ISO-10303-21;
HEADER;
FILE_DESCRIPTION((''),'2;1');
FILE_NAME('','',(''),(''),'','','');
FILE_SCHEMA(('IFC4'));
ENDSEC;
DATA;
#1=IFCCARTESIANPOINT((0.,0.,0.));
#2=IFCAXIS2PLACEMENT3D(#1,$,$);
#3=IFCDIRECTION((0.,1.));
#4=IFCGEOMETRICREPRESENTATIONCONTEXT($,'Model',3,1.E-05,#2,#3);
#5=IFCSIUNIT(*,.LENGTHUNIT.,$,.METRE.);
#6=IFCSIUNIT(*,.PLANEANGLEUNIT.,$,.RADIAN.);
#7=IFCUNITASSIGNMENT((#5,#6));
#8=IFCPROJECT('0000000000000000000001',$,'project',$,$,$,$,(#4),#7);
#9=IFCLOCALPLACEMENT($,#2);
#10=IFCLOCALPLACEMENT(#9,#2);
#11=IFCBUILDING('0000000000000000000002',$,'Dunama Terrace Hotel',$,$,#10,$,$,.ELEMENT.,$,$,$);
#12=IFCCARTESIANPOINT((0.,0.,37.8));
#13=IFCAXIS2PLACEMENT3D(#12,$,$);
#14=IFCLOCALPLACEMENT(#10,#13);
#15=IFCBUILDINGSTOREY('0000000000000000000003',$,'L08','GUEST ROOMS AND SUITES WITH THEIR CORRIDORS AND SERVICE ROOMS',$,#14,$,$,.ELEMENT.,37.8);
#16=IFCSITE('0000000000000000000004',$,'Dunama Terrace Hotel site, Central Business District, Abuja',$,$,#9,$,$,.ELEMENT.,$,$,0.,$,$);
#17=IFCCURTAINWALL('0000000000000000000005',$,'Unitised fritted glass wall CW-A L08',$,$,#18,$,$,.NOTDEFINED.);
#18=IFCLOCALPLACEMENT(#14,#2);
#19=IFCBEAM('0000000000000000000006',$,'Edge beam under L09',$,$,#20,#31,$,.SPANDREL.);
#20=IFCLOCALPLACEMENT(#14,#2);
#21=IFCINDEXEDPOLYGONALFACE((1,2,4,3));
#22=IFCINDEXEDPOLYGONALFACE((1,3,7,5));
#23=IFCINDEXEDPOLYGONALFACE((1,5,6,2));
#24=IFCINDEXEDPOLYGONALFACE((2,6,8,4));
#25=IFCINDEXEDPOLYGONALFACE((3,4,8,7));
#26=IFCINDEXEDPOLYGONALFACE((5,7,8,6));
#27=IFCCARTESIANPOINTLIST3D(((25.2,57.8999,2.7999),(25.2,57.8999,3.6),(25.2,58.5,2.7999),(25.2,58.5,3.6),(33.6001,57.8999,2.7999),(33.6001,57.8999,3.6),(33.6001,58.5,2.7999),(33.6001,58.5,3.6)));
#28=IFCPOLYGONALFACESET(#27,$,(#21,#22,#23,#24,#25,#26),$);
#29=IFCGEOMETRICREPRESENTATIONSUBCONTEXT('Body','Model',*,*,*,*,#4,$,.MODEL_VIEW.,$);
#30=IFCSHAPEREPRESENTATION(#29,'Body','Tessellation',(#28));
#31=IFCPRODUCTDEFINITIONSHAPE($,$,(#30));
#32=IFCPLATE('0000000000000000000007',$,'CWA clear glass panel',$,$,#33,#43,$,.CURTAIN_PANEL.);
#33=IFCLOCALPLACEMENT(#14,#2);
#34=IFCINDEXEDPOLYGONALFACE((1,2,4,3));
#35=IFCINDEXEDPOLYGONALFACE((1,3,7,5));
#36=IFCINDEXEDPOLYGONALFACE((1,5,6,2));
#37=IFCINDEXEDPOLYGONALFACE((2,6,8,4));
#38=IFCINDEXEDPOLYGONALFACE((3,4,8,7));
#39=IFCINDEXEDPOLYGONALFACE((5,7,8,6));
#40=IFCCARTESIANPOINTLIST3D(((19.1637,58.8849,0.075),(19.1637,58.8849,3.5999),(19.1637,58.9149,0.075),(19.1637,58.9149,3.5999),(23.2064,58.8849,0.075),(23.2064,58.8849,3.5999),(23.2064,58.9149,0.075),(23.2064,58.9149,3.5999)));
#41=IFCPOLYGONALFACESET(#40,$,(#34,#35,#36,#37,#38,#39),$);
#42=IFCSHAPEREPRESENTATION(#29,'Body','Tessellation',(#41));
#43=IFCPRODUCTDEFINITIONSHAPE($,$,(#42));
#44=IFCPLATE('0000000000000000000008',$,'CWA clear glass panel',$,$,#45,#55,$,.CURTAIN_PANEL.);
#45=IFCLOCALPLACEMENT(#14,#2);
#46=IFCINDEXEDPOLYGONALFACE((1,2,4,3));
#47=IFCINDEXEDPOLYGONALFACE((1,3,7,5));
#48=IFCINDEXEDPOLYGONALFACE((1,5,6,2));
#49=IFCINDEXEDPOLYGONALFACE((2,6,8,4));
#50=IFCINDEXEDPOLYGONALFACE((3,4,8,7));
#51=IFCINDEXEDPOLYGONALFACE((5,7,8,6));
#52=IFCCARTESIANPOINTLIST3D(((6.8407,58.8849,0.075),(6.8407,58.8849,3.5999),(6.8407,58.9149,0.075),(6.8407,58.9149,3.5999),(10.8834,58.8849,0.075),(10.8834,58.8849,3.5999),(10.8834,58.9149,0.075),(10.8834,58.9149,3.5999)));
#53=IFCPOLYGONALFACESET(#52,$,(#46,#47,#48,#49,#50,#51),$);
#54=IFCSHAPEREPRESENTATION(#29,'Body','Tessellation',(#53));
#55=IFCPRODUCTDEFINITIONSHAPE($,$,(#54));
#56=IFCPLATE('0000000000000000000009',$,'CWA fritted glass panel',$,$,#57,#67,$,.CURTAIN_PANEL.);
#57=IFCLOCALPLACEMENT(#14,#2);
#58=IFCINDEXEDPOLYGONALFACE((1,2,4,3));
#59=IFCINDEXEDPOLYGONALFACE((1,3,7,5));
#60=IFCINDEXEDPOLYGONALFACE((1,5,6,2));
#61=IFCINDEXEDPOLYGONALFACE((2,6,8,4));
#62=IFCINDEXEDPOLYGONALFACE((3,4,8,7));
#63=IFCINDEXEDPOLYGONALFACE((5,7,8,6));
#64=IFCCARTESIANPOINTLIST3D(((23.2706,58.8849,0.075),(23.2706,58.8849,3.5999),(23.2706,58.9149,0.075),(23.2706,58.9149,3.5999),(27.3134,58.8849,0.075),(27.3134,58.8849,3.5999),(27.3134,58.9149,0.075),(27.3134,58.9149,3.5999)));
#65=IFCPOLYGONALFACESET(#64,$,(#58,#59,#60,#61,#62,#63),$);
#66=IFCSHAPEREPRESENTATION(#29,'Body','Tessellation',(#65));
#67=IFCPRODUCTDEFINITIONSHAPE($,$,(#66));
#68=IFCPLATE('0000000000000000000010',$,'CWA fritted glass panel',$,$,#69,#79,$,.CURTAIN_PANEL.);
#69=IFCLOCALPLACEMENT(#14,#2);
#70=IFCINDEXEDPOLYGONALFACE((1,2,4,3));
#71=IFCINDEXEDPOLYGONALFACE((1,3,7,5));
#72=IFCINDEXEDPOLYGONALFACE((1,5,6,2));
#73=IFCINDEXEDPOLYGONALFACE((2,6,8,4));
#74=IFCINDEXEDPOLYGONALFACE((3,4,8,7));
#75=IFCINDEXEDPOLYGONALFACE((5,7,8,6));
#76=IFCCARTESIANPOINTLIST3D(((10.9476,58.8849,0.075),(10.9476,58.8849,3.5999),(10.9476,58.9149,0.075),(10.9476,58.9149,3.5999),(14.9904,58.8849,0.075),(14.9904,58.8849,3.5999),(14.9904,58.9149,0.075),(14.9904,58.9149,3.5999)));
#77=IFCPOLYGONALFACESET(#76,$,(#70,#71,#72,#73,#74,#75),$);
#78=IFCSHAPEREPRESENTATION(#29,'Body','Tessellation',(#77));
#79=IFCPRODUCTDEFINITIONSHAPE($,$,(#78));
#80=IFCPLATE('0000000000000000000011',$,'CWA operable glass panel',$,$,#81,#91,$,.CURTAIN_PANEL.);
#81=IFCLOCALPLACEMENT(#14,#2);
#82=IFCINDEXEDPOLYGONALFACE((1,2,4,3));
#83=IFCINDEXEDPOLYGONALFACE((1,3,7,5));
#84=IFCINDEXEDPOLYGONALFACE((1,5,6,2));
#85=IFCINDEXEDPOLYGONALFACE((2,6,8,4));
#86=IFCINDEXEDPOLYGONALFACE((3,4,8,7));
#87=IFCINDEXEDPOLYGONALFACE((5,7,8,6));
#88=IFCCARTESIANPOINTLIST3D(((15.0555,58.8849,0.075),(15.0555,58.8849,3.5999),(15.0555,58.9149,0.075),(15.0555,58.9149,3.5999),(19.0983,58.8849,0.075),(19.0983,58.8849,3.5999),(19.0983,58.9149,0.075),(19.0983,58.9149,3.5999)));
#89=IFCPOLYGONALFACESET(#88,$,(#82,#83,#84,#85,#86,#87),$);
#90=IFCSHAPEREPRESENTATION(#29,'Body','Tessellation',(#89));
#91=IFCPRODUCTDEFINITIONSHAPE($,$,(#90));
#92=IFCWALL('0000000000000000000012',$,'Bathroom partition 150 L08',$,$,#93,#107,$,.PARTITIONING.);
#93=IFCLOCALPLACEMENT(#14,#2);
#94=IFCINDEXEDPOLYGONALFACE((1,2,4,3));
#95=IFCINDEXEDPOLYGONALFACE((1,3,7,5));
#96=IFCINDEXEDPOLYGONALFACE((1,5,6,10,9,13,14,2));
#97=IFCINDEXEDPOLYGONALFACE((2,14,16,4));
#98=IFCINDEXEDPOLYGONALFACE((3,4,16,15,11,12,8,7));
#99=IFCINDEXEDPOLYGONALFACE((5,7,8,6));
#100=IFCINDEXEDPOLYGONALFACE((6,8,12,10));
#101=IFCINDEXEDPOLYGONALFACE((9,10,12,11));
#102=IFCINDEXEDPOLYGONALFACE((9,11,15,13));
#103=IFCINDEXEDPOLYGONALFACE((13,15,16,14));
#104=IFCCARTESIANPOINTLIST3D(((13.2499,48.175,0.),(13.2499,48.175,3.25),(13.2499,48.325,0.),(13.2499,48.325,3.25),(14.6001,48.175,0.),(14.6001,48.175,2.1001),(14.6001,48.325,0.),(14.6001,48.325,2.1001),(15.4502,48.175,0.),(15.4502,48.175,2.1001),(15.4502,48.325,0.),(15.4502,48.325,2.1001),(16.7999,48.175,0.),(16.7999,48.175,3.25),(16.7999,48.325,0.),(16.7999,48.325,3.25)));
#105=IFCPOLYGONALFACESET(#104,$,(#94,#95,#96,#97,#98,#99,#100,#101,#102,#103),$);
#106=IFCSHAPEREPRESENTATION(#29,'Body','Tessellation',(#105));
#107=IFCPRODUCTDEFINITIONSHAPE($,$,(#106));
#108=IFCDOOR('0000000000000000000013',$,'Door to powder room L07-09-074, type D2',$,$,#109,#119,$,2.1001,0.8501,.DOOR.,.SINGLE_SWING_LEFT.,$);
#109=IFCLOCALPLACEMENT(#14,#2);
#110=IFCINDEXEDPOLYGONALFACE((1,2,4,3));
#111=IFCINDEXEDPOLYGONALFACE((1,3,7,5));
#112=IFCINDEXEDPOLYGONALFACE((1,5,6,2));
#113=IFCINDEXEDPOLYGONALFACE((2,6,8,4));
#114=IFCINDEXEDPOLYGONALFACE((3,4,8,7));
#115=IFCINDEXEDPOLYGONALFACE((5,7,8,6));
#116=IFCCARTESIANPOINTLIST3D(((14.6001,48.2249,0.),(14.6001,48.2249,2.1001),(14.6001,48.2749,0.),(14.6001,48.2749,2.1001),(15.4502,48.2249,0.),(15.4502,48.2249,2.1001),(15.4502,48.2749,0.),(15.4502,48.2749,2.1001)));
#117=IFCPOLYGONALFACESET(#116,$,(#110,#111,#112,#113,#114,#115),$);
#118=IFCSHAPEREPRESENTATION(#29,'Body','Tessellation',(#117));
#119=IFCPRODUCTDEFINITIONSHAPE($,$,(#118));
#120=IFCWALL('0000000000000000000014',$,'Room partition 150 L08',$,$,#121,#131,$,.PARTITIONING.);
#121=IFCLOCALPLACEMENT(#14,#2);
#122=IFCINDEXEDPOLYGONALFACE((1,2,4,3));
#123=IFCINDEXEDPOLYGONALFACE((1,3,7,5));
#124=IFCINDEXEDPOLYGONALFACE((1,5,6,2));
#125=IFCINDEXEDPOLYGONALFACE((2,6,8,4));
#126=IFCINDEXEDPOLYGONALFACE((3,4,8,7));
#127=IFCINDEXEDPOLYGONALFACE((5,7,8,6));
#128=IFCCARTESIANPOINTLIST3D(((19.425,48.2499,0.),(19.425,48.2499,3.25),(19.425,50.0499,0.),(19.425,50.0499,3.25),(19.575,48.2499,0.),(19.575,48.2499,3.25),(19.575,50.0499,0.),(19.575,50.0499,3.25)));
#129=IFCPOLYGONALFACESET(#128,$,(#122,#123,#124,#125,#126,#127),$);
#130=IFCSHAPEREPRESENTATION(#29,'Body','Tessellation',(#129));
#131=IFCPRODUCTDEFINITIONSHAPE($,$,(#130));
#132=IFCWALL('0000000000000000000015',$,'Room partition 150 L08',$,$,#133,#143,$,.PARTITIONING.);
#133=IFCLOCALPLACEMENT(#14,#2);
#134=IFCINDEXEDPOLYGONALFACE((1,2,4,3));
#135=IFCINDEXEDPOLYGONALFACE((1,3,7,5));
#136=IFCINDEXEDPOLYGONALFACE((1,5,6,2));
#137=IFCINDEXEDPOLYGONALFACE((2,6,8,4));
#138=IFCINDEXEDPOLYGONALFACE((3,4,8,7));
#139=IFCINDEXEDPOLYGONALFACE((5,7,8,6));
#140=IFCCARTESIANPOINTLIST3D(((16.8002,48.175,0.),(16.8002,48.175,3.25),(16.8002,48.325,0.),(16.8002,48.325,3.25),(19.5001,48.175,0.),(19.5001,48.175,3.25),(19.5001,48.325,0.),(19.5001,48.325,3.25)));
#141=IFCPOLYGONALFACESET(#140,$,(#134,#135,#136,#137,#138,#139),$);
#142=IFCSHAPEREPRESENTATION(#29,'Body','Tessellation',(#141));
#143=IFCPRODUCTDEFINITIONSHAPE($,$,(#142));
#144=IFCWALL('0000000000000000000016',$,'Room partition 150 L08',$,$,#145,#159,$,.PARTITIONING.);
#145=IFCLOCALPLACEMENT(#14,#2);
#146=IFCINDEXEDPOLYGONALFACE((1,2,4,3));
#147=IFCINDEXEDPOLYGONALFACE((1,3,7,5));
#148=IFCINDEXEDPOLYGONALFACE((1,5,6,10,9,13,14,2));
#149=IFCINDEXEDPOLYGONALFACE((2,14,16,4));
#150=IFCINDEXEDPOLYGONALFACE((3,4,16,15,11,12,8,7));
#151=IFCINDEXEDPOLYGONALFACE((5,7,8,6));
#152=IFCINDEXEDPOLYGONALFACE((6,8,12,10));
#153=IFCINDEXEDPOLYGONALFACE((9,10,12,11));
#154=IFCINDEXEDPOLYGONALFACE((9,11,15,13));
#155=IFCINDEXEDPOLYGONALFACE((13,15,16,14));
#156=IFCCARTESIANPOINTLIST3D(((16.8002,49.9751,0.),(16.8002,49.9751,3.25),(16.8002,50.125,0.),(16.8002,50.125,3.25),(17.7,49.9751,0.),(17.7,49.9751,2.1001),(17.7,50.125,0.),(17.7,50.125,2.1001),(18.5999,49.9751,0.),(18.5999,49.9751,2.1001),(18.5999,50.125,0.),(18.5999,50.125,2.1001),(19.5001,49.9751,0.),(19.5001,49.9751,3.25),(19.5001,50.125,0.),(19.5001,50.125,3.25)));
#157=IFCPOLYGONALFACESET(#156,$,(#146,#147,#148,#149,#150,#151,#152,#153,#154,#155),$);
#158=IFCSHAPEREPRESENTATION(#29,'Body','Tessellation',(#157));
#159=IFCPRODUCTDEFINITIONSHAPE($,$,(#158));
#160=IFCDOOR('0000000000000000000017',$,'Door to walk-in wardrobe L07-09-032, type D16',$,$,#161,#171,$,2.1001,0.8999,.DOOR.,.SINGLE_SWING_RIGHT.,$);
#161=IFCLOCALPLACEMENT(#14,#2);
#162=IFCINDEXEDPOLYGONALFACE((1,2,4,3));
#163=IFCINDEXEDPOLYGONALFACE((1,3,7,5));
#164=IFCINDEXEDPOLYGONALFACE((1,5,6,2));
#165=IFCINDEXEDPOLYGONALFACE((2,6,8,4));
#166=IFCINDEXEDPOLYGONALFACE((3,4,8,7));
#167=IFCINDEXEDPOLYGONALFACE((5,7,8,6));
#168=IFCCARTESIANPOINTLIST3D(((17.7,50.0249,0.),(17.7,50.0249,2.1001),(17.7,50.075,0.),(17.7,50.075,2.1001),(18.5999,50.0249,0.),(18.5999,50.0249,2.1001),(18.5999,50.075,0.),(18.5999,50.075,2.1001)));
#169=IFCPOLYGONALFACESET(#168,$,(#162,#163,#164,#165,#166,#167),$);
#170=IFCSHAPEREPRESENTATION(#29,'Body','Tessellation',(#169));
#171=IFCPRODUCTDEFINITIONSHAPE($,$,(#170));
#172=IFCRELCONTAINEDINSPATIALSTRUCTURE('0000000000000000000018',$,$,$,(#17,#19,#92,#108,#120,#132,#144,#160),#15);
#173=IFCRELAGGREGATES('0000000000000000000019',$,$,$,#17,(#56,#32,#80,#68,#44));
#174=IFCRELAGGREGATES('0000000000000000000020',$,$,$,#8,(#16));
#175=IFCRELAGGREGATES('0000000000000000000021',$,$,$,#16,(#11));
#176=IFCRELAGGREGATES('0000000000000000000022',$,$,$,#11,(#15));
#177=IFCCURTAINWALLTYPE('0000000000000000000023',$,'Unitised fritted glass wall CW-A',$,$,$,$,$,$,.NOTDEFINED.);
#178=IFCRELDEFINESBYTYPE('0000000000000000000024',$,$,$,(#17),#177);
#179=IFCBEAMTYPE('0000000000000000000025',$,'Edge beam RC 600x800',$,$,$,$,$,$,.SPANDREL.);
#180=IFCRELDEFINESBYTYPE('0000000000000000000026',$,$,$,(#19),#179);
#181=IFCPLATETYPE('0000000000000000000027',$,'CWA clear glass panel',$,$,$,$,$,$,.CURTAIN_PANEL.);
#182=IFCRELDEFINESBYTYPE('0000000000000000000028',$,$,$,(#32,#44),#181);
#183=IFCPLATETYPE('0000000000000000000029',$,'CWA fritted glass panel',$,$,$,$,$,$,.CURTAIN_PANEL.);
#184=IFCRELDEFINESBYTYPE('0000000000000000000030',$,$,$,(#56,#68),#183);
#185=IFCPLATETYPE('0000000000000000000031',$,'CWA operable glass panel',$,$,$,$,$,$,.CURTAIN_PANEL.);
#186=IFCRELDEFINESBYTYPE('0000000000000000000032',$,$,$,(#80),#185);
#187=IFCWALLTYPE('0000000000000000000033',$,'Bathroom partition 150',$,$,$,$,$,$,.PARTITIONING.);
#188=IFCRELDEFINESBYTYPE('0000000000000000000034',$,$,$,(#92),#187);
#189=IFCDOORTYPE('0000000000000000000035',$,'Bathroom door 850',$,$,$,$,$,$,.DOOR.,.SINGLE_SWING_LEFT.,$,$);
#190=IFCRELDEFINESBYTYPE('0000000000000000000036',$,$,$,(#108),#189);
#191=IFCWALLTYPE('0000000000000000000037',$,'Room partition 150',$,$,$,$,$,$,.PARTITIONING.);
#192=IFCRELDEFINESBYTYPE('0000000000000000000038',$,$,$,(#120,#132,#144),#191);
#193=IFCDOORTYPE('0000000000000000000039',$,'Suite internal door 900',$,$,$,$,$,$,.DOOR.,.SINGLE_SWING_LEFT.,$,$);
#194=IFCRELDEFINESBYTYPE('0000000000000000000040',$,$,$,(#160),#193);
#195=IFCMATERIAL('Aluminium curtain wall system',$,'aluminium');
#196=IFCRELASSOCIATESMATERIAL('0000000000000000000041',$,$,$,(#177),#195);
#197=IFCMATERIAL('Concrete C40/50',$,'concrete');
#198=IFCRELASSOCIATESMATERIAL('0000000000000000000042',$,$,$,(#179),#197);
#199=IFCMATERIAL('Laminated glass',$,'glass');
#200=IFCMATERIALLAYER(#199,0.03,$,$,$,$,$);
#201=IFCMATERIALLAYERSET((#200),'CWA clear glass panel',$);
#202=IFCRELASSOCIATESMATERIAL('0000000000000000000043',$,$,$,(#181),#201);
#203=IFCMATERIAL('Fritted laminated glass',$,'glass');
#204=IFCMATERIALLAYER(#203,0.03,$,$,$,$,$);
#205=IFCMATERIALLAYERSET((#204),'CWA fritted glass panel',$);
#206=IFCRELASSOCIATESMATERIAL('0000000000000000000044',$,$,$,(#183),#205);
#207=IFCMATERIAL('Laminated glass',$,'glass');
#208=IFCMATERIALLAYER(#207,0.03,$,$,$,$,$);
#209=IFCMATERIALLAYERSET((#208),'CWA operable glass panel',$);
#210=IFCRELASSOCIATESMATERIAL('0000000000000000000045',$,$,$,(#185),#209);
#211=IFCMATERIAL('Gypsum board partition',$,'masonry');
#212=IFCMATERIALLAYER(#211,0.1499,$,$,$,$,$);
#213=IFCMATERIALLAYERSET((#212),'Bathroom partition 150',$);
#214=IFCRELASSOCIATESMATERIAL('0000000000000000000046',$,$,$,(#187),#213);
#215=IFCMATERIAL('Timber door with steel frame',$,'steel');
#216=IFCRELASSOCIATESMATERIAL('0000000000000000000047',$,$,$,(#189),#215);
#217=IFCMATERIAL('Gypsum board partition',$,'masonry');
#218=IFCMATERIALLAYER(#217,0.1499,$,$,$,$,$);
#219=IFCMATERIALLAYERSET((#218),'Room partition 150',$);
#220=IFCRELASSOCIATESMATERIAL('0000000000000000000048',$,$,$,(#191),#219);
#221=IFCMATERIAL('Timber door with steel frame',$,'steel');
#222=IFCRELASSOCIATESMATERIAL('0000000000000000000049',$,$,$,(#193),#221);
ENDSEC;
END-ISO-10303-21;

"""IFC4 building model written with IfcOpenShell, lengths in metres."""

from ifc_helpers import new_model, si_unit, direction, frame, frame_2d, origin, origin_2d, place, context, subcontext, project, spatial, rectangle, extrude, material, layer, layer_set, material_profile, profile_set, type_object, element, fill, aggregate, save


model = new_model("IFC4")

# Units and contexts
model_context = context("Model", 3, precision=1e-05, world=origin(), true_north=direction((0.0, 1.0)))
body_context = subcontext(model_context, "Body", "Model", "MODEL_VIEW")
ifc_project = project(units=[si_unit("LENGTHUNIT", "METRE"), si_unit("PLANEANGLEUNIT", "RADIAN")], contexts=[model_context])

# Site, building, storey
site_placement = place(None, origin())
site = spatial("IfcSite", under=ifc_project, at=site_placement, Name="Dunama Terrace Hotel site, Central Business District, Abuja", CompositionType="ELEMENT", RefElevation=0.0)
building_placement = place(site_placement, origin())
building = spatial("IfcBuilding", under=site, at=building_placement, Name="Dunama Terrace Hotel", CompositionType="ELEMENT")
storey_placement = place(building_placement, frame((0.0, 0.0, 37.8)))
storey = spatial("IfcBuildingStorey", under=building, at=storey_placement, Name="L08", Description="GUEST ROOMS AND SUITES WITH THEIR CORRIDORS AND SERVICE ROOMS", CompositionType="ELEMENT", Elevation=37.8)

# Curtain wall
ifc_material_1 = material(Name="Aluminium curtain wall system", Category="aluminium")
curtain_wall_type = type_object("IfcCurtainWallType", Name="Unitised fritted glass wall CW-A", PredefinedType="NOTDEFINED", material=ifc_material_1)
curtain_wall_placement = place(storey_placement, origin())
curtain_wall = element("IfcCurtainWall", 1, at=curtain_wall_placement, inside=storey, type_object=curtain_wall_type, Name="Unitised fritted glass wall CW-A L08", PredefinedType="NOTDEFINED")

# Beam
ifc_material_2 = material(Name="Concrete C40/50", Category="concrete")
ifc_material_profile_1 = material_profile(ifc_material_2, rectangle(XDim=0.6001, YDim=0.8, at=origin_2d()), Name="RC 600x800")
ifc_profile_set_1 = profile_set([ifc_material_profile_1], Name="Concrete C40/50")
beam_type = type_object("IfcBeamType", Name="Edge beam RC 600x800", PredefinedType="SPANDREL", material=ifc_profile_set_1)
beam_1_placement = place(storey_placement, frame((25.2, 58.2, 3.2), z_axis=(1.0, 0.0, 0.0), x_axis=(0.0, 1.0, 0.0)))
element("IfcBeam", 2, at=beam_1_placement, inside=storey, type_object=beam_type, Name="Edge beam under L09", PredefinedType="SPANDREL", context=body_context, shape_type="SweptSolid", body=[
    extrude(rectangle(XDim=0.6001, YDim=0.8, at=origin_2d()), origin(), (0.0, 0.0, 1.0), 8.4001),
])

# Plates
ifc_material_3 = material(Name="Laminated glass", Category="glass")
ifc_layer_1 = layer(ifc_material_3, 0.03)
ifc_layer_set_1 = layer_set([ifc_layer_1], Name="CWA clear glass panel")
plate_type_1 = type_object("IfcPlateType", Name="CWA clear glass panel", PredefinedType="CURTAIN_PANEL", material=ifc_layer_set_1)
plate_1_placement = place(storey_placement, frame((21.1851, 58.8999, 0.075), z_axis=(0.0, 0.0, 1.0), x_axis=(-1.0, 0.0, 0.0)))
plate_1 = element("IfcPlate", 3, at=plate_1_placement, type_object=plate_type_1, Name="CWA clear glass panel", PredefinedType="CURTAIN_PANEL", context=body_context, shape_type="SweptSolid", body=[
    extrude(rectangle(XDim=4.0427, YDim=0.03, at=origin_2d()), origin(), (0.0, 0.0, 1.0), 3.5249),
])
plate_2_placement = place(storey_placement, frame((8.8621, 58.8999, 0.075), z_axis=(0.0, 0.0, 1.0), x_axis=(-1.0, 0.0, 0.0)))
plate_2 = element("IfcPlate", 4, at=plate_2_placement, type_object=plate_type_1, Name="CWA clear glass panel", PredefinedType="CURTAIN_PANEL", context=body_context, shape_type="SweptSolid", body=[
    extrude(rectangle(XDim=4.0427, YDim=0.03, at=origin_2d()), origin(), (0.0, 0.0, 1.0), 3.5249),
])
ifc_material_4 = material(Name="Fritted laminated glass", Category="glass")
ifc_layer_2 = layer(ifc_material_4, 0.03)
ifc_layer_set_2 = layer_set([ifc_layer_2], Name="CWA fritted glass panel")
plate_type_2 = type_object("IfcPlateType", Name="CWA fritted glass panel", PredefinedType="CURTAIN_PANEL", material=ifc_layer_set_2)
plate_3_placement = place(storey_placement, frame((25.292, 58.8999, 0.075), z_axis=(0.0, 0.0, 1.0), x_axis=(-1.0, 0.0, 0.0)))
plate_3 = element("IfcPlate", 5, at=plate_3_placement, type_object=plate_type_2, Name="CWA fritted glass panel", PredefinedType="CURTAIN_PANEL", context=body_context, shape_type="SweptSolid", body=[
    extrude(rectangle(XDim=4.0427, YDim=0.03, at=origin_2d()), origin(), (0.0, 0.0, 1.0), 3.5249),
])
plate_4_placement = place(storey_placement, frame((12.969, 58.8999, 0.075), z_axis=(0.0, 0.0, 1.0), x_axis=(-1.0, 0.0, 0.0)))
plate_4 = element("IfcPlate", 6, at=plate_4_placement, type_object=plate_type_2, Name="CWA fritted glass panel", PredefinedType="CURTAIN_PANEL", context=body_context, shape_type="SweptSolid", body=[
    extrude(rectangle(XDim=4.0427, YDim=0.03, at=origin_2d()), origin(), (0.0, 0.0, 1.0), 3.5249),
])
ifc_material_5 = material(Name="Laminated glass", Category="glass")
ifc_layer_3 = layer(ifc_material_5, 0.03)
ifc_layer_set_3 = layer_set([ifc_layer_3], Name="CWA operable glass panel")
plate_type_3 = type_object("IfcPlateType", Name="CWA operable glass panel", PredefinedType="CURTAIN_PANEL", material=ifc_layer_set_3)
plate_5_placement = place(storey_placement, frame((17.0769, 58.8999, 0.075), z_axis=(0.0, 0.0, 1.0), x_axis=(-1.0, 0.0, 0.0)))
plate_5 = element("IfcPlate", 7, at=plate_5_placement, type_object=plate_type_3, Name="CWA operable glass panel", PredefinedType="CURTAIN_PANEL", context=body_context, shape_type="SweptSolid", body=[
    extrude(rectangle(XDim=4.0427, YDim=0.03, at=origin_2d()), origin(), (0.0, 0.0, 1.0), 3.5249),
])
aggregate(curtain_wall, [plate_3, plate_1, plate_5, plate_4, plate_2])

# Wall, opening, door
ifc_material_6 = material(Name="Gypsum board partition", Category="masonry")
ifc_layer_4 = layer(ifc_material_6, 0.1499)
ifc_layer_set_4 = layer_set([ifc_layer_4], Name="Bathroom partition 150")
wall_type_1 = type_object("IfcWallType", Name="Bathroom partition 150", PredefinedType="PARTITIONING", material=ifc_layer_set_4)
wall_1_placement = place(storey_placement, frame((13.25, 48.25, 0.0), z_axis=(0.0, 0.0, 1.0), x_axis=(1.0, 0.0, 0.0)))
wall_1 = element("IfcWall", 8, at=wall_1_placement, inside=storey, type_object=wall_type_1, Name="Bathroom partition 150 L08", PredefinedType="PARTITIONING", context=body_context, shape_type="SweptSolid", body=[
    extrude(rectangle(XDim=3.55, YDim=0.1499, at=frame_2d((1.7749, 0.0))), origin(), (0.0, 0.0, 1.0), 3.25),
])
opening_1_placement = place(wall_1_placement, frame((1.3501, 0.0, 0.0)))
opening_1 = element("IfcOpeningElement", 9, at=opening_1_placement, cuts=wall_1, PredefinedType="OPENING", context=body_context, shape_type="SweptSolid", body=[
    extrude(rectangle(XDim=0.8501, YDim=2.1001, at=frame_2d((0.425, 1.05))), frame((0.0, 0.085, 0.0), z_axis=(0.0, -1.0, 0.0), x_axis=(1.0, 0.0, 0.0)), (0.0, 0.0, 1.0), 0.1699),
])
ifc_material_7 = material(Name="Timber door with steel frame", Category="steel")
door_type_1 = type_object("IfcDoorType", Name="Bathroom door 850", OperationType="SINGLE_SWING_LEFT", PredefinedType="DOOR", material=ifc_material_7)
door_1_placement = place(opening_1_placement, frame((0.8501, 0.0, 0.0), z_axis=(0.0, 0.0, 1.0), x_axis=(-1.0, 0.0, 0.0)))
door_1 = element("IfcDoor", 10, at=door_1_placement, inside=storey, type_object=door_type_1, Name="Door to powder room L07-09-074, type D2", OperationType="SINGLE_SWING_LEFT", OverallHeight=2.1001, OverallWidth=0.8501, PredefinedType="DOOR", context=body_context, shape_type="SweptSolid", body=[
    extrude(rectangle(XDim=0.8501, YDim=2.1001, at=frame_2d((0.425, 1.05))), frame((0.0, 0.0251, 0.0), z_axis=(0.0, -1.0, 0.0), x_axis=(1.0, 0.0, 0.0)), (0.0, 0.0, 1.0), 0.05),
])
fill(opening_1, door_1)

# Walls
ifc_material_8 = material(Name="Gypsum board partition", Category="masonry")
ifc_layer_5 = layer(ifc_material_8, 0.1499)
ifc_layer_set_5 = layer_set([ifc_layer_5], Name="Room partition 150")
wall_type_2 = type_object("IfcWallType", Name="Room partition 150", PredefinedType="PARTITIONING", material=ifc_layer_set_5)
wall_2_placement = place(storey_placement, frame((19.5, 48.25, 0.0), z_axis=(0.0, 0.0, 1.0), x_axis=(0.0, 1.0, 0.0)))
element("IfcWall", 11, at=wall_2_placement, inside=storey, type_object=wall_type_2, Name="Room partition 150 L08", PredefinedType="PARTITIONING", context=body_context, shape_type="SweptSolid", body=[
    extrude(rectangle(XDim=1.8, YDim=0.1499, at=frame_2d((0.8999, 0.0))), origin(), (0.0, 0.0, 1.0), 3.25),
])
wall_3_placement = place(storey_placement, frame((16.8, 48.25, 0.0), z_axis=(0.0, 0.0, 1.0), x_axis=(1.0, 0.0, 0.0)))
element("IfcWall", 12, at=wall_3_placement, inside=storey, type_object=wall_type_2, Name="Room partition 150 L08", PredefinedType="PARTITIONING", context=body_context, shape_type="SweptSolid", body=[
    extrude(rectangle(XDim=2.7, YDim=0.1499, at=frame_2d((1.3501, 0.0))), origin(), (0.0, 0.0, 1.0), 3.25),
])

# Wall, opening, door
wall_4_placement = place(storey_placement, frame((16.8, 50.05, 0.0), z_axis=(0.0, 0.0, 1.0), x_axis=(1.0, 0.0, 0.0)))
wall_4 = element("IfcWall", 13, at=wall_4_placement, inside=storey, type_object=wall_type_2, Name="Room partition 150 L08", PredefinedType="PARTITIONING", context=body_context, shape_type="SweptSolid", body=[
    extrude(rectangle(XDim=2.7, YDim=0.1499, at=frame_2d((1.3501, 0.0))), origin(), (0.0, 0.0, 1.0), 3.25),
])
opening_2_placement = place(wall_4_placement, frame((0.8999, 0.0, 0.0)))
opening_2 = element("IfcOpeningElement", 14, at=opening_2_placement, cuts=wall_4, PredefinedType="OPENING", context=body_context, shape_type="SweptSolid", body=[
    extrude(rectangle(XDim=0.8999, YDim=2.1001, at=frame_2d((0.45, 1.05))), frame((0.0, 0.085, 0.0), z_axis=(0.0, -1.0, 0.0), x_axis=(1.0, 0.0, 0.0)), (0.0, 0.0, 1.0), 0.1699),
])
ifc_material_9 = material(Name="Timber door with steel frame", Category="steel")
door_type_2 = type_object("IfcDoorType", Name="Suite internal door 900", OperationType="SINGLE_SWING_LEFT", PredefinedType="DOOR", material=ifc_material_9)
door_2_placement = place(opening_2_placement, frame((0.8999, 0.0, 0.0), z_axis=(0.0, 0.0, 1.0), x_axis=(-1.0, 0.0, 0.0)))
door_2 = element("IfcDoor", 15, at=door_2_placement, inside=storey, type_object=door_type_2, Name="Door to walk-in wardrobe L07-09-032, type D16", OperationType="SINGLE_SWING_RIGHT", OverallHeight=2.1001, OverallWidth=0.8999, PredefinedType="DOOR", context=body_context, shape_type="SweptSolid", body=[
    extrude(rectangle(XDim=0.8999, YDim=2.1001, at=frame_2d((0.45, 1.05))), frame((0.0, 0.0251, 0.0), z_axis=(0.0, -1.0, 0.0), x_axis=(1.0, 0.0, 0.0)), (0.0, 0.0, 1.0), 0.05),
])
fill(opening_2, door_2)

save(model, "model.ifc")
